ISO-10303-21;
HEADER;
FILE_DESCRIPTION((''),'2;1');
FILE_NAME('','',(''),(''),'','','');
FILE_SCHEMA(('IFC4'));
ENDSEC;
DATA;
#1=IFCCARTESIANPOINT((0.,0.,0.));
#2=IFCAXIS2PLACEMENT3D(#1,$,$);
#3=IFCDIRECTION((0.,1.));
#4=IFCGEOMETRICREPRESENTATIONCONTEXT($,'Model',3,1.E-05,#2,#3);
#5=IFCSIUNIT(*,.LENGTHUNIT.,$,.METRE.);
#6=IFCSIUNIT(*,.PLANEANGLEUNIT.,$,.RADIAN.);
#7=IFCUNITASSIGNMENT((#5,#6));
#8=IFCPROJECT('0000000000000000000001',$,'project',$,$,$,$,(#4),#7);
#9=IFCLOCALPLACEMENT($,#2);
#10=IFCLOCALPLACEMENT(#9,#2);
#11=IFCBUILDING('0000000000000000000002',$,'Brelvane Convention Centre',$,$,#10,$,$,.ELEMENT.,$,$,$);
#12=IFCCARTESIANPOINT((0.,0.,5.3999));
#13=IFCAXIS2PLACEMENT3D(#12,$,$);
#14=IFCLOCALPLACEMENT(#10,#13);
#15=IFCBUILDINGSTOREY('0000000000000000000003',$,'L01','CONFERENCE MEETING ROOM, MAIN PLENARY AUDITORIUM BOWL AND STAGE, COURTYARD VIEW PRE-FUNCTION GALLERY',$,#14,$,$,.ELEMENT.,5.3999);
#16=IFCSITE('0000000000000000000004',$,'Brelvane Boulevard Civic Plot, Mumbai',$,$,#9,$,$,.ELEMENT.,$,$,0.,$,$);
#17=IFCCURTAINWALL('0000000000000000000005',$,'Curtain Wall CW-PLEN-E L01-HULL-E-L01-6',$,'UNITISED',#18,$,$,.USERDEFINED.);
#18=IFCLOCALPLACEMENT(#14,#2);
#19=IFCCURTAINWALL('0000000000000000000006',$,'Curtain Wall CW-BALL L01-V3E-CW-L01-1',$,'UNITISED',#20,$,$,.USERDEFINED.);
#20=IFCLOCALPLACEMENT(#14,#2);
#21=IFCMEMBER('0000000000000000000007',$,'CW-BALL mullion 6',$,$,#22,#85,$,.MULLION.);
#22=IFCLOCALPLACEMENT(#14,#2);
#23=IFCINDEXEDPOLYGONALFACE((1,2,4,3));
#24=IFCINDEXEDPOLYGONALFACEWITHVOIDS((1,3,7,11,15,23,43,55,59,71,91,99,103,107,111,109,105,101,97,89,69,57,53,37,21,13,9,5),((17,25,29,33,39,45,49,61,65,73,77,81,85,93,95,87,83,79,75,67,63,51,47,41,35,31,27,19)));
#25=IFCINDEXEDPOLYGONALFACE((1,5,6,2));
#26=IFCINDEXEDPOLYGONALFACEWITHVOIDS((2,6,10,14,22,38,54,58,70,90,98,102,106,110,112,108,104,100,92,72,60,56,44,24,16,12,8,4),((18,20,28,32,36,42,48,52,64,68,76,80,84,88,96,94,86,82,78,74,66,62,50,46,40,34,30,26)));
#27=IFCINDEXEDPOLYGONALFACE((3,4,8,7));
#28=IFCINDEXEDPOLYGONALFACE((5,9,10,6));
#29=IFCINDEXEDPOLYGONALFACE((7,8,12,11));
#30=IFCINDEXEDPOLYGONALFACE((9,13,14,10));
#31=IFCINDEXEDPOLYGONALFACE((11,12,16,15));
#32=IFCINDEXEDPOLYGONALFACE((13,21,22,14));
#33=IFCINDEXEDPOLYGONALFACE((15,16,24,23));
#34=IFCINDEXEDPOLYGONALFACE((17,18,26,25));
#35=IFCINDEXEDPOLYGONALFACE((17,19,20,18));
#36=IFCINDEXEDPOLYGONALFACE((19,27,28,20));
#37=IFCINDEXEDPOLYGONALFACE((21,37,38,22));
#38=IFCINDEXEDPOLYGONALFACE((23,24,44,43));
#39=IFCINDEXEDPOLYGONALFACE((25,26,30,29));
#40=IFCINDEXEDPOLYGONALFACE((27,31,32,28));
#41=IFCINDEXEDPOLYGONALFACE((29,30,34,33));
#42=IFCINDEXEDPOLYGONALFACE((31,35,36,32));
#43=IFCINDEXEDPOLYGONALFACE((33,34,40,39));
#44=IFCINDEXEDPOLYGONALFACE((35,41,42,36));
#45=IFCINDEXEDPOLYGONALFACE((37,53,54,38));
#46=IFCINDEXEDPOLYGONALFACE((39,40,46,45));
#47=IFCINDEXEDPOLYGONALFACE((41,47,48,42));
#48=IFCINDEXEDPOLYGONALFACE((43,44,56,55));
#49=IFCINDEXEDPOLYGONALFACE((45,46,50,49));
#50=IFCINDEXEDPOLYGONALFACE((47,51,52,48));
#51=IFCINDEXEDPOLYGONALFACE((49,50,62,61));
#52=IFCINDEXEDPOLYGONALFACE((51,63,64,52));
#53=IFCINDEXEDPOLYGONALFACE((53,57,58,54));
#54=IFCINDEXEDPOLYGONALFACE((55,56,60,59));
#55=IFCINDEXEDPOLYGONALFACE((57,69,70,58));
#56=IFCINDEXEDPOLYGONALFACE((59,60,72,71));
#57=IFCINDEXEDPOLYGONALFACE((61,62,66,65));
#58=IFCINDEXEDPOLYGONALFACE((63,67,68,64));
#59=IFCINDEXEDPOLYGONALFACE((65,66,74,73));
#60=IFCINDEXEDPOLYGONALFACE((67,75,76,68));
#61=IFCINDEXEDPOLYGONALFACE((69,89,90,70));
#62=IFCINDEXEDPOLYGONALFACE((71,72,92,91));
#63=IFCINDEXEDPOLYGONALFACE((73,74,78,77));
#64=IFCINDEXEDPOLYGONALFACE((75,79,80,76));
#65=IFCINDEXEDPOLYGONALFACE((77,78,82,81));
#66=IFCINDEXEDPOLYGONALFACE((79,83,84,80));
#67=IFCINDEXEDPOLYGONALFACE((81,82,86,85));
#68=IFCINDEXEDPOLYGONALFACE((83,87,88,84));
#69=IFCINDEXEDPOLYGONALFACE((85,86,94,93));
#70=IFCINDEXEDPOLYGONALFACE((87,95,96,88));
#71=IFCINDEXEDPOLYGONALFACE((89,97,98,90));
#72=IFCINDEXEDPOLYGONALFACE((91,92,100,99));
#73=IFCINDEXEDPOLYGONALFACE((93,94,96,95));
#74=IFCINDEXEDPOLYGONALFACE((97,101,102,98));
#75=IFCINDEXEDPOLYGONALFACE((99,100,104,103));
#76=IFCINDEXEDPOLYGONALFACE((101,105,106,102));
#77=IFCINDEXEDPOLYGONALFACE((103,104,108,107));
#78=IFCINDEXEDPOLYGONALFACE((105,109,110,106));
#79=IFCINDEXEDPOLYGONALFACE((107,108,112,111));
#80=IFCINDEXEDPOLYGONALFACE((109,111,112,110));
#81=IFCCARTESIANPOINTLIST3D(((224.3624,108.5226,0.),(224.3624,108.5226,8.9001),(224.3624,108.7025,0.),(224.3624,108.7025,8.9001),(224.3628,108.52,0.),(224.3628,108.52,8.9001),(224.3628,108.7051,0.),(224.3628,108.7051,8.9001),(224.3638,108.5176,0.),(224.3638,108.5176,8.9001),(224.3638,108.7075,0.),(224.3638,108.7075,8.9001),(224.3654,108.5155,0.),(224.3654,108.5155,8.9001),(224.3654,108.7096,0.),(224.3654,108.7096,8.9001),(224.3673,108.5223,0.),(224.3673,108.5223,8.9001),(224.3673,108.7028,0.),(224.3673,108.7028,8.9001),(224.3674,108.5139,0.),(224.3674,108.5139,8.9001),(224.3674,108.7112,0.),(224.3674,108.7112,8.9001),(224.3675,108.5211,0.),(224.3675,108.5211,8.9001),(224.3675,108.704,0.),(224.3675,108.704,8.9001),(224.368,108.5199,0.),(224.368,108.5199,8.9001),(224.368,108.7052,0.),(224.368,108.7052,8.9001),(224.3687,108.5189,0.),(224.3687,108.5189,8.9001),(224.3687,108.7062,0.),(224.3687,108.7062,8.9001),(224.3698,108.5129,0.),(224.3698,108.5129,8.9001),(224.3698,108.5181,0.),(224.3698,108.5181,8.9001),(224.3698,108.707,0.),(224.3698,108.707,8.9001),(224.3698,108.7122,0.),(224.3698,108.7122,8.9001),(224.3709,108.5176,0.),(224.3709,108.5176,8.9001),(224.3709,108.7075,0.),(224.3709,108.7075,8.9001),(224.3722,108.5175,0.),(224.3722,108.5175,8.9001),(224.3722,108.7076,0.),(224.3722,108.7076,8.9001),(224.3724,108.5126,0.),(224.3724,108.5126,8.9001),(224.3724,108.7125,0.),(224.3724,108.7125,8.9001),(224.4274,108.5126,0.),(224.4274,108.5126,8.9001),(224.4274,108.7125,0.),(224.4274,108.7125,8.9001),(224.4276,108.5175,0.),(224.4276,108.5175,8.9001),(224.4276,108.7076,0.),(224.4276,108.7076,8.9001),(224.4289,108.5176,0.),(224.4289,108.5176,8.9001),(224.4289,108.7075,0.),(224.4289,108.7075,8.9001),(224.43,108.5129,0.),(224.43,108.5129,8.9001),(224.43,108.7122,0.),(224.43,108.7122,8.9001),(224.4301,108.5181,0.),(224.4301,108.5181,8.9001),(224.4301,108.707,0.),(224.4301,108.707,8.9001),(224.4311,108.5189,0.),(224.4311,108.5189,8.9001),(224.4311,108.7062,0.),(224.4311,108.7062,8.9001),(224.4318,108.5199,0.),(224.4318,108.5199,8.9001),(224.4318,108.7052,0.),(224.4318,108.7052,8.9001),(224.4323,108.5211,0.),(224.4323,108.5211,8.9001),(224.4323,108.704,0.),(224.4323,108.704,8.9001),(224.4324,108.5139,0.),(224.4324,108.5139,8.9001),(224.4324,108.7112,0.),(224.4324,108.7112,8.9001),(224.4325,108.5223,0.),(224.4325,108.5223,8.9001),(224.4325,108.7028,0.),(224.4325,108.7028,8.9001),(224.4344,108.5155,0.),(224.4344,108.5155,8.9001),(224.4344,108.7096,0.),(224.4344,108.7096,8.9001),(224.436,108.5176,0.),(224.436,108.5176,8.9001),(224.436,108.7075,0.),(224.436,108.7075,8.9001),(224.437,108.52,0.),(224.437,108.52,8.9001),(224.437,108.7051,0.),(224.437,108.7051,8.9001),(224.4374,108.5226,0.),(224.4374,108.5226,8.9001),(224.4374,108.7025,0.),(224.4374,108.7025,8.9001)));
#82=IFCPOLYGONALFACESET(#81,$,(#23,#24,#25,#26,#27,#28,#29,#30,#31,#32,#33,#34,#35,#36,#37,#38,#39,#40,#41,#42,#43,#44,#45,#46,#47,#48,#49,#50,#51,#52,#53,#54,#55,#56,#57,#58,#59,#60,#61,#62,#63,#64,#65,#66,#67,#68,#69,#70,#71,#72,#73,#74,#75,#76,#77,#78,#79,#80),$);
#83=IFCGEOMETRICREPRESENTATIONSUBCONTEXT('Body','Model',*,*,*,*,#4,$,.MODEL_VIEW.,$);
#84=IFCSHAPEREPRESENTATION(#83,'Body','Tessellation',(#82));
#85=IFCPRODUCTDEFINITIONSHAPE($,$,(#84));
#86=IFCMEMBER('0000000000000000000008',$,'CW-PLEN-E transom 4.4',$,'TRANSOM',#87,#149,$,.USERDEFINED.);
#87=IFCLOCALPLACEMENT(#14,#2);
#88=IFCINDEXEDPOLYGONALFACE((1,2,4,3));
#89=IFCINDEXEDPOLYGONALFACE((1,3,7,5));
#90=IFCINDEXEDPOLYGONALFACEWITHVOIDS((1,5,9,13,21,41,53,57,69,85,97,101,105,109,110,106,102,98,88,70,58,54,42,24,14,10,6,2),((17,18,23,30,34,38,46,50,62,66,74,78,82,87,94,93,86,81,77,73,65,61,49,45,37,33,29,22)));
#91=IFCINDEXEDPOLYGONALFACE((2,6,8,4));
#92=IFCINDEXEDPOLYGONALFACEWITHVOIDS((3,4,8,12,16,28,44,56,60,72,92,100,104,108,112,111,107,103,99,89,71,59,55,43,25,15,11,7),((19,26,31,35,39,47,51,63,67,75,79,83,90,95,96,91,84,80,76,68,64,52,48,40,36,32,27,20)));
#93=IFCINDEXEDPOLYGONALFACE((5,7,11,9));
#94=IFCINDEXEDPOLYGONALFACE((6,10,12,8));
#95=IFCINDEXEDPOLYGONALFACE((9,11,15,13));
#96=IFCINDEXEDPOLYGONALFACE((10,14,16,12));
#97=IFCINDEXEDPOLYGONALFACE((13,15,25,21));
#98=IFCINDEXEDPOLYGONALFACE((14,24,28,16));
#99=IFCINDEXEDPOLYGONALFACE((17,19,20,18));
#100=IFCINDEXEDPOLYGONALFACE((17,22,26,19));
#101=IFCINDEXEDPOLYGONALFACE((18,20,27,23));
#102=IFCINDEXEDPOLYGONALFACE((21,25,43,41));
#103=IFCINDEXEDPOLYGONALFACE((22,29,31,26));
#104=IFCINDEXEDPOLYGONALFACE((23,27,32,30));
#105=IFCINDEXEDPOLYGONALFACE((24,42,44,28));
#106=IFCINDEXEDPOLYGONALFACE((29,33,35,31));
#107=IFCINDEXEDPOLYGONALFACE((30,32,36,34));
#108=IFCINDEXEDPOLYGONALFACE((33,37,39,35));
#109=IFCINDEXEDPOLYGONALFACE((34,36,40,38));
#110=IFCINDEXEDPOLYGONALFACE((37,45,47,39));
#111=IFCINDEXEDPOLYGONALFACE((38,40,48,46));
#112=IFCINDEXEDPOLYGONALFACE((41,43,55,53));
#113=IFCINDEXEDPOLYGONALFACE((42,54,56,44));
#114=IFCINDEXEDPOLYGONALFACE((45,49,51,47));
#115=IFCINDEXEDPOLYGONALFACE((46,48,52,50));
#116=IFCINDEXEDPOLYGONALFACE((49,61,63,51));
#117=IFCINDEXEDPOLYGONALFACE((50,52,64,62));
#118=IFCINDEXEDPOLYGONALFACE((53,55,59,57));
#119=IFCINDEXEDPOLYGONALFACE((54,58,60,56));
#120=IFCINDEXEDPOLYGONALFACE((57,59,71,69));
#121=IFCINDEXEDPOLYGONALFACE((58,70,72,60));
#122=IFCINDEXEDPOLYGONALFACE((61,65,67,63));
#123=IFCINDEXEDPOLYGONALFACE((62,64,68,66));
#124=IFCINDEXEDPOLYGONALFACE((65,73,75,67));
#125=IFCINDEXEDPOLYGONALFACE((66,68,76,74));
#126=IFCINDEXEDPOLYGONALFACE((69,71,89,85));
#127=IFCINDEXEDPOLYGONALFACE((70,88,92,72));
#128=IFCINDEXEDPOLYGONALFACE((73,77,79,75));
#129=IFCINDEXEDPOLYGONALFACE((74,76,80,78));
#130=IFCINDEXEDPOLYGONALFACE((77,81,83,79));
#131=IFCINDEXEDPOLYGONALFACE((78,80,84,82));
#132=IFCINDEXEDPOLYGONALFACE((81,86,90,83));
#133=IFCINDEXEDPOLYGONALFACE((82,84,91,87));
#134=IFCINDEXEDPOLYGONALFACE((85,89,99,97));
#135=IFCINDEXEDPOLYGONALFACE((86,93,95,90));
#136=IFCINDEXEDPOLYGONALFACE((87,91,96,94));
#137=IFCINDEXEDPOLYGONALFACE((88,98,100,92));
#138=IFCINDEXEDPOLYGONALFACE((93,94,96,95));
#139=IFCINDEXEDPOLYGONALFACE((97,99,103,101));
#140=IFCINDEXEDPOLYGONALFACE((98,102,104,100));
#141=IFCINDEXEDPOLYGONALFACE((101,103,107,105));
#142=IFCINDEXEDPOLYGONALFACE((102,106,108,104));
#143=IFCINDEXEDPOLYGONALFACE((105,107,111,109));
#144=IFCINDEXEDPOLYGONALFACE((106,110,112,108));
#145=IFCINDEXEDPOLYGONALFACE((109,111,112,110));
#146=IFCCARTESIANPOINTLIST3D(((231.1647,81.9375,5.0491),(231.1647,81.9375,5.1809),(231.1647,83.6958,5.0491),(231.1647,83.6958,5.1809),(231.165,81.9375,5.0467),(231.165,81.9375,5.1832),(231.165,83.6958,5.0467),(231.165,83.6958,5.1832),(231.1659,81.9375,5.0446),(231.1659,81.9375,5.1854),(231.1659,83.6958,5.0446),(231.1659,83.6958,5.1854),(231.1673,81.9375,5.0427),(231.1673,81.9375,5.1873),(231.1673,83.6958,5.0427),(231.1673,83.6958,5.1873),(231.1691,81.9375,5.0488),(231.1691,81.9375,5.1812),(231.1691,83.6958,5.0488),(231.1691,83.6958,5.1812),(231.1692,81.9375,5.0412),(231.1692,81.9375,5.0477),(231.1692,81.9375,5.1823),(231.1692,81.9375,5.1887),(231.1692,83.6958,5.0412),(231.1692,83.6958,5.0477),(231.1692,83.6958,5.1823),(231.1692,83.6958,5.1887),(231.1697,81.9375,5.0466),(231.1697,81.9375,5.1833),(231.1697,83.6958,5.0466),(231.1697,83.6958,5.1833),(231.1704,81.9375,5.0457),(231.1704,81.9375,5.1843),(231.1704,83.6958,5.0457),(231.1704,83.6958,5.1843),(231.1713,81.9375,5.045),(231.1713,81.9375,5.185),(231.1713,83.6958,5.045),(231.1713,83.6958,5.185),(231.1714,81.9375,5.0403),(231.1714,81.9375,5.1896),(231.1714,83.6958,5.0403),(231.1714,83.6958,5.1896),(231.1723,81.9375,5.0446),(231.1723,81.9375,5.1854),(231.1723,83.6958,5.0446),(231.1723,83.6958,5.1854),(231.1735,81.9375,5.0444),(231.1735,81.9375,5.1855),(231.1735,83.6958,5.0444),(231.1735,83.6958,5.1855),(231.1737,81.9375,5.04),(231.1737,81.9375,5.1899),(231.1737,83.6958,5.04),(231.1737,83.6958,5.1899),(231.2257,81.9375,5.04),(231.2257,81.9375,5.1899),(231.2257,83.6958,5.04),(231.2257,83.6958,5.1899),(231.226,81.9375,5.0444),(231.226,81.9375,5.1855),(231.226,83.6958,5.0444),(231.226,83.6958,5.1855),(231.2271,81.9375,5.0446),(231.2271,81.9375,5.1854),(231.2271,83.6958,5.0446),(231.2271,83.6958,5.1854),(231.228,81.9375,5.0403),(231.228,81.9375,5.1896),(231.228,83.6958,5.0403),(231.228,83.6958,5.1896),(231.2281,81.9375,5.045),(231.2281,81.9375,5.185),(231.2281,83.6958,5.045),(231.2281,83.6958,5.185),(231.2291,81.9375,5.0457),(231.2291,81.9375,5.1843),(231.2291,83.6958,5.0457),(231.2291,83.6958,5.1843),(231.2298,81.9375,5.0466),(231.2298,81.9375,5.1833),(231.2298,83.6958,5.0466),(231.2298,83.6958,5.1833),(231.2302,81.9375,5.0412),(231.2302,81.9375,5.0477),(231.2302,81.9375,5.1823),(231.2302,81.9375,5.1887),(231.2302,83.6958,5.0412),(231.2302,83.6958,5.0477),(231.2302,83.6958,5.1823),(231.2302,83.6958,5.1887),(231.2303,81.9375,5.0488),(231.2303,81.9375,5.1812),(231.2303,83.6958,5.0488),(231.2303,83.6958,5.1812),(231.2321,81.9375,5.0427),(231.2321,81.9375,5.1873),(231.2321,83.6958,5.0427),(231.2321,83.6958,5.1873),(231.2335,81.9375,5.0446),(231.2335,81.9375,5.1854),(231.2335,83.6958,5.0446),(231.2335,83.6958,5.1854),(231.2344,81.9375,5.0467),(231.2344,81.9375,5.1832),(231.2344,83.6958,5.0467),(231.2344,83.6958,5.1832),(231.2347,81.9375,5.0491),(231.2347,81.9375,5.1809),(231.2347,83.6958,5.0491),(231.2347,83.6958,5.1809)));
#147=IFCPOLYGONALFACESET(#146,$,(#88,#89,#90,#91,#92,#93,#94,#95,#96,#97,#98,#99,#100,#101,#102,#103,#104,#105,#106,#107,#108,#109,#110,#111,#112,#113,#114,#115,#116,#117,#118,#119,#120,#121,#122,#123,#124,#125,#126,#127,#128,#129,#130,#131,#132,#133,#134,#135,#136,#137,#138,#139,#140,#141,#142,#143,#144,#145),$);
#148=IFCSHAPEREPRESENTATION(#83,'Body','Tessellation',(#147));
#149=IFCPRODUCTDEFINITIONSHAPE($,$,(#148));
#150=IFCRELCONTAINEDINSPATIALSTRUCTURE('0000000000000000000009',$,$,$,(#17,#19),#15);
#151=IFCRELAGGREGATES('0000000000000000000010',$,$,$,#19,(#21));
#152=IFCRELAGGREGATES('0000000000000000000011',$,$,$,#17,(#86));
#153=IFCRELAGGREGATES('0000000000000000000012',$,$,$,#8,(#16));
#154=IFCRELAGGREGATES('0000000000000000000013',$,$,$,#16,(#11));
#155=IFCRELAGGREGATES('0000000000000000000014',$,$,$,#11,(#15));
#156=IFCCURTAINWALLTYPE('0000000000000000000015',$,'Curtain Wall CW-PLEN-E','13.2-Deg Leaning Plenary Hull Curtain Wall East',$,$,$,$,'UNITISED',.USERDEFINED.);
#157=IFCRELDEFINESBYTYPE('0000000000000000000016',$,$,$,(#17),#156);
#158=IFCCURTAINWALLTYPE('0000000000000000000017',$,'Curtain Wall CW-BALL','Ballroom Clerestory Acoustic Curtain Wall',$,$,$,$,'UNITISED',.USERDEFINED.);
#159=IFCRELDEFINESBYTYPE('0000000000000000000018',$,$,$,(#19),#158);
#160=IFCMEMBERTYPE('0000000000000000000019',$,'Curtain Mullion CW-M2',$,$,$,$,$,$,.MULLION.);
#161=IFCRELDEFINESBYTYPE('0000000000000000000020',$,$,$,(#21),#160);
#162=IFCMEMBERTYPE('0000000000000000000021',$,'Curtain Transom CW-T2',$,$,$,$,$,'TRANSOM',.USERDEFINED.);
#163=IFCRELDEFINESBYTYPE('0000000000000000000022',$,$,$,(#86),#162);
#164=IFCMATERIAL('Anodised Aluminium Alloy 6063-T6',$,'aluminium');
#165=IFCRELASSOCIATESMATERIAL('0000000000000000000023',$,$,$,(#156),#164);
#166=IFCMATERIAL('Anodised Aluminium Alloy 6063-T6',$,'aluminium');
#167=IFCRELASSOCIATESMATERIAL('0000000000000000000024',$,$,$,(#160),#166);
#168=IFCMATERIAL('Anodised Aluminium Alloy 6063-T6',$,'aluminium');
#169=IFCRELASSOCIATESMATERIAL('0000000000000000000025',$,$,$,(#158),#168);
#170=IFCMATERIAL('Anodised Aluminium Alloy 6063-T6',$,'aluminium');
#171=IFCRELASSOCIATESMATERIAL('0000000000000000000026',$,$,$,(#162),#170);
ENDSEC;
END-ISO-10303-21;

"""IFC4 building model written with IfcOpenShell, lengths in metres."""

from ifc_helpers import new_model, si_unit, direction, frame, origin, origin_2d, place, context, subcontext, project, spatial, hollow_rectangle, extrude, material, material_profile, profile_set, type_object, element, aggregate, save


model = new_model("IFC4")

# Units and contexts
model_context = context("Model", 3, precision=1e-05, world=origin(), true_north=direction((0.0, 1.0)))
body_context = subcontext(model_context, "Body", "Model", "MODEL_VIEW")
ifc_project = project(units=[si_unit("LENGTHUNIT", "METRE"), si_unit("PLANEANGLEUNIT", "RADIAN")], contexts=[model_context])

# Site, building, storey
site_placement = place(None, origin())
site = spatial("IfcSite", under=ifc_project, at=site_placement, Name="Brelvane Boulevard Civic Plot, Mumbai", CompositionType="ELEMENT", RefElevation=0.0)
building_placement = place(site_placement, origin())
building = spatial("IfcBuilding", under=site, at=building_placement, Name="Brelvane Convention Centre", CompositionType="ELEMENT")
storey_placement = place(building_placement, frame((0.0, 0.0, 5.3999)))
storey = spatial("IfcBuildingStorey", under=building, at=storey_placement, Name="L01", Description="CONFERENCE MEETING ROOM, MAIN PLENARY AUDITORIUM BOWL AND STAGE, COURTYARD VIEW PRE-FUNCTION GALLERY", CompositionType="ELEMENT", Elevation=5.3999)

# Curtain walls, member
ifc_material_1 = material(Name="Anodised Aluminium Alloy 6063-T6", Category="aluminium")
curtain_wall_type_1 = type_object("IfcCurtainWallType", Name="Curtain Wall CW-PLEN-E", Description="13.2-Deg Leaning Plenary Hull Curtain Wall East", ElementType="UNITISED", PredefinedType="USERDEFINED", material=ifc_material_1)
curtain_wall_1_placement = place(storey_placement, origin())
curtain_wall_1 = element("IfcCurtainWall", 1, at=curtain_wall_1_placement, inside=storey, type_object=curtain_wall_type_1, Name="Curtain Wall CW-PLEN-E L01-HULL-E-L01-6", ObjectType="UNITISED", PredefinedType="USERDEFINED")
ifc_material_2 = material(Name="Anodised Aluminium Alloy 6063-T6", Category="aluminium")
ifc_material_profile_1 = material_profile(ifc_material_2, hollow_rectangle(XDim=0.075, YDim=0.2, WallThickness=0.0049, InnerFilletRadius=0.0049, OuterFilletRadius=0.01, at=origin_2d()), Name="ALU-M 200x75x5.0")
ifc_profile_set_1 = profile_set([ifc_material_profile_1], Name="Anodised Aluminium Alloy 6063-T6")
member_type_1 = type_object("IfcMemberType", Name="Curtain Mullion CW-M2", PredefinedType="MULLION", material=ifc_profile_set_1)
ifc_material_3 = material(Name="Anodised Aluminium Alloy 6063-T6", Category="aluminium")
curtain_wall_type_2 = type_object("IfcCurtainWallType", Name="Curtain Wall CW-BALL", Description="Ballroom Clerestory Acoustic Curtain Wall", ElementType="UNITISED", PredefinedType="USERDEFINED", material=ifc_material_3)
curtain_wall_2_placement = place(storey_placement, origin())
curtain_wall_2 = element("IfcCurtainWall", 2, at=curtain_wall_2_placement, inside=storey, type_object=curtain_wall_type_2, Name="Curtain Wall CW-BALL L01-V3E-CW-L01-1", ObjectType="UNITISED", PredefinedType="USERDEFINED")
member_1_placement = place(storey_placement, frame((224.3999, 108.6125, 0.0), z_axis=(0.0, 0.0, 1.0), x_axis=(-1.0, 0.0, 0.0)))
member_1 = element("IfcMember", 3, at=member_1_placement, type_object=member_type_1, Name="CW-BALL mullion 6", PredefinedType="MULLION", context=body_context, shape_type="SweptSolid", body=[
    extrude(hollow_rectangle(XDim=0.075, YDim=0.2, WallThickness=0.0049, InnerFilletRadius=0.0049, OuterFilletRadius=0.01, at=origin_2d()), origin(), (0.0, 0.0, 1.0), 8.9001),
])

# Member
ifc_material_4 = material(Name="Anodised Aluminium Alloy 6063-T6", Category="aluminium")
ifc_material_profile_2 = material_profile(ifc_material_4, hollow_rectangle(XDim=0.0701, YDim=0.1499, WallThickness=0.0044, InnerFilletRadius=0.0044, OuterFilletRadius=0.009, at=origin_2d()), Name="ALU-T 150x70x4.5")
ifc_profile_set_2 = profile_set([ifc_material_profile_2], Name="Anodised Aluminium Alloy 6063-T6")
member_type_2 = type_object("IfcMemberType", Name="Curtain Transom CW-T2", ElementType="TRANSOM", PredefinedType="USERDEFINED", material=ifc_profile_set_2)
member_2_placement = place(storey_placement, frame((231.1997, 81.9375, 5.115), z_axis=(0.0, 1.0, 0.0), x_axis=(-1.0, 0.0, 0.0)))
member_2 = element("IfcMember", 4, at=member_2_placement, type_object=member_type_2, Name="CW-PLEN-E transom 4.4", ObjectType="TRANSOM", PredefinedType="USERDEFINED", context=body_context, shape_type="SweptSolid", body=[
    extrude(hollow_rectangle(XDim=0.0701, YDim=0.1499, WallThickness=0.0044, InnerFilletRadius=0.0044, OuterFilletRadius=0.009, at=origin_2d()), origin(), (0.0, 0.0, 1.0), 1.7583),
])

aggregate(curtain_wall_2, [member_1])
aggregate(curtain_wall_1, [member_2])

save(model, "model.ifc")
